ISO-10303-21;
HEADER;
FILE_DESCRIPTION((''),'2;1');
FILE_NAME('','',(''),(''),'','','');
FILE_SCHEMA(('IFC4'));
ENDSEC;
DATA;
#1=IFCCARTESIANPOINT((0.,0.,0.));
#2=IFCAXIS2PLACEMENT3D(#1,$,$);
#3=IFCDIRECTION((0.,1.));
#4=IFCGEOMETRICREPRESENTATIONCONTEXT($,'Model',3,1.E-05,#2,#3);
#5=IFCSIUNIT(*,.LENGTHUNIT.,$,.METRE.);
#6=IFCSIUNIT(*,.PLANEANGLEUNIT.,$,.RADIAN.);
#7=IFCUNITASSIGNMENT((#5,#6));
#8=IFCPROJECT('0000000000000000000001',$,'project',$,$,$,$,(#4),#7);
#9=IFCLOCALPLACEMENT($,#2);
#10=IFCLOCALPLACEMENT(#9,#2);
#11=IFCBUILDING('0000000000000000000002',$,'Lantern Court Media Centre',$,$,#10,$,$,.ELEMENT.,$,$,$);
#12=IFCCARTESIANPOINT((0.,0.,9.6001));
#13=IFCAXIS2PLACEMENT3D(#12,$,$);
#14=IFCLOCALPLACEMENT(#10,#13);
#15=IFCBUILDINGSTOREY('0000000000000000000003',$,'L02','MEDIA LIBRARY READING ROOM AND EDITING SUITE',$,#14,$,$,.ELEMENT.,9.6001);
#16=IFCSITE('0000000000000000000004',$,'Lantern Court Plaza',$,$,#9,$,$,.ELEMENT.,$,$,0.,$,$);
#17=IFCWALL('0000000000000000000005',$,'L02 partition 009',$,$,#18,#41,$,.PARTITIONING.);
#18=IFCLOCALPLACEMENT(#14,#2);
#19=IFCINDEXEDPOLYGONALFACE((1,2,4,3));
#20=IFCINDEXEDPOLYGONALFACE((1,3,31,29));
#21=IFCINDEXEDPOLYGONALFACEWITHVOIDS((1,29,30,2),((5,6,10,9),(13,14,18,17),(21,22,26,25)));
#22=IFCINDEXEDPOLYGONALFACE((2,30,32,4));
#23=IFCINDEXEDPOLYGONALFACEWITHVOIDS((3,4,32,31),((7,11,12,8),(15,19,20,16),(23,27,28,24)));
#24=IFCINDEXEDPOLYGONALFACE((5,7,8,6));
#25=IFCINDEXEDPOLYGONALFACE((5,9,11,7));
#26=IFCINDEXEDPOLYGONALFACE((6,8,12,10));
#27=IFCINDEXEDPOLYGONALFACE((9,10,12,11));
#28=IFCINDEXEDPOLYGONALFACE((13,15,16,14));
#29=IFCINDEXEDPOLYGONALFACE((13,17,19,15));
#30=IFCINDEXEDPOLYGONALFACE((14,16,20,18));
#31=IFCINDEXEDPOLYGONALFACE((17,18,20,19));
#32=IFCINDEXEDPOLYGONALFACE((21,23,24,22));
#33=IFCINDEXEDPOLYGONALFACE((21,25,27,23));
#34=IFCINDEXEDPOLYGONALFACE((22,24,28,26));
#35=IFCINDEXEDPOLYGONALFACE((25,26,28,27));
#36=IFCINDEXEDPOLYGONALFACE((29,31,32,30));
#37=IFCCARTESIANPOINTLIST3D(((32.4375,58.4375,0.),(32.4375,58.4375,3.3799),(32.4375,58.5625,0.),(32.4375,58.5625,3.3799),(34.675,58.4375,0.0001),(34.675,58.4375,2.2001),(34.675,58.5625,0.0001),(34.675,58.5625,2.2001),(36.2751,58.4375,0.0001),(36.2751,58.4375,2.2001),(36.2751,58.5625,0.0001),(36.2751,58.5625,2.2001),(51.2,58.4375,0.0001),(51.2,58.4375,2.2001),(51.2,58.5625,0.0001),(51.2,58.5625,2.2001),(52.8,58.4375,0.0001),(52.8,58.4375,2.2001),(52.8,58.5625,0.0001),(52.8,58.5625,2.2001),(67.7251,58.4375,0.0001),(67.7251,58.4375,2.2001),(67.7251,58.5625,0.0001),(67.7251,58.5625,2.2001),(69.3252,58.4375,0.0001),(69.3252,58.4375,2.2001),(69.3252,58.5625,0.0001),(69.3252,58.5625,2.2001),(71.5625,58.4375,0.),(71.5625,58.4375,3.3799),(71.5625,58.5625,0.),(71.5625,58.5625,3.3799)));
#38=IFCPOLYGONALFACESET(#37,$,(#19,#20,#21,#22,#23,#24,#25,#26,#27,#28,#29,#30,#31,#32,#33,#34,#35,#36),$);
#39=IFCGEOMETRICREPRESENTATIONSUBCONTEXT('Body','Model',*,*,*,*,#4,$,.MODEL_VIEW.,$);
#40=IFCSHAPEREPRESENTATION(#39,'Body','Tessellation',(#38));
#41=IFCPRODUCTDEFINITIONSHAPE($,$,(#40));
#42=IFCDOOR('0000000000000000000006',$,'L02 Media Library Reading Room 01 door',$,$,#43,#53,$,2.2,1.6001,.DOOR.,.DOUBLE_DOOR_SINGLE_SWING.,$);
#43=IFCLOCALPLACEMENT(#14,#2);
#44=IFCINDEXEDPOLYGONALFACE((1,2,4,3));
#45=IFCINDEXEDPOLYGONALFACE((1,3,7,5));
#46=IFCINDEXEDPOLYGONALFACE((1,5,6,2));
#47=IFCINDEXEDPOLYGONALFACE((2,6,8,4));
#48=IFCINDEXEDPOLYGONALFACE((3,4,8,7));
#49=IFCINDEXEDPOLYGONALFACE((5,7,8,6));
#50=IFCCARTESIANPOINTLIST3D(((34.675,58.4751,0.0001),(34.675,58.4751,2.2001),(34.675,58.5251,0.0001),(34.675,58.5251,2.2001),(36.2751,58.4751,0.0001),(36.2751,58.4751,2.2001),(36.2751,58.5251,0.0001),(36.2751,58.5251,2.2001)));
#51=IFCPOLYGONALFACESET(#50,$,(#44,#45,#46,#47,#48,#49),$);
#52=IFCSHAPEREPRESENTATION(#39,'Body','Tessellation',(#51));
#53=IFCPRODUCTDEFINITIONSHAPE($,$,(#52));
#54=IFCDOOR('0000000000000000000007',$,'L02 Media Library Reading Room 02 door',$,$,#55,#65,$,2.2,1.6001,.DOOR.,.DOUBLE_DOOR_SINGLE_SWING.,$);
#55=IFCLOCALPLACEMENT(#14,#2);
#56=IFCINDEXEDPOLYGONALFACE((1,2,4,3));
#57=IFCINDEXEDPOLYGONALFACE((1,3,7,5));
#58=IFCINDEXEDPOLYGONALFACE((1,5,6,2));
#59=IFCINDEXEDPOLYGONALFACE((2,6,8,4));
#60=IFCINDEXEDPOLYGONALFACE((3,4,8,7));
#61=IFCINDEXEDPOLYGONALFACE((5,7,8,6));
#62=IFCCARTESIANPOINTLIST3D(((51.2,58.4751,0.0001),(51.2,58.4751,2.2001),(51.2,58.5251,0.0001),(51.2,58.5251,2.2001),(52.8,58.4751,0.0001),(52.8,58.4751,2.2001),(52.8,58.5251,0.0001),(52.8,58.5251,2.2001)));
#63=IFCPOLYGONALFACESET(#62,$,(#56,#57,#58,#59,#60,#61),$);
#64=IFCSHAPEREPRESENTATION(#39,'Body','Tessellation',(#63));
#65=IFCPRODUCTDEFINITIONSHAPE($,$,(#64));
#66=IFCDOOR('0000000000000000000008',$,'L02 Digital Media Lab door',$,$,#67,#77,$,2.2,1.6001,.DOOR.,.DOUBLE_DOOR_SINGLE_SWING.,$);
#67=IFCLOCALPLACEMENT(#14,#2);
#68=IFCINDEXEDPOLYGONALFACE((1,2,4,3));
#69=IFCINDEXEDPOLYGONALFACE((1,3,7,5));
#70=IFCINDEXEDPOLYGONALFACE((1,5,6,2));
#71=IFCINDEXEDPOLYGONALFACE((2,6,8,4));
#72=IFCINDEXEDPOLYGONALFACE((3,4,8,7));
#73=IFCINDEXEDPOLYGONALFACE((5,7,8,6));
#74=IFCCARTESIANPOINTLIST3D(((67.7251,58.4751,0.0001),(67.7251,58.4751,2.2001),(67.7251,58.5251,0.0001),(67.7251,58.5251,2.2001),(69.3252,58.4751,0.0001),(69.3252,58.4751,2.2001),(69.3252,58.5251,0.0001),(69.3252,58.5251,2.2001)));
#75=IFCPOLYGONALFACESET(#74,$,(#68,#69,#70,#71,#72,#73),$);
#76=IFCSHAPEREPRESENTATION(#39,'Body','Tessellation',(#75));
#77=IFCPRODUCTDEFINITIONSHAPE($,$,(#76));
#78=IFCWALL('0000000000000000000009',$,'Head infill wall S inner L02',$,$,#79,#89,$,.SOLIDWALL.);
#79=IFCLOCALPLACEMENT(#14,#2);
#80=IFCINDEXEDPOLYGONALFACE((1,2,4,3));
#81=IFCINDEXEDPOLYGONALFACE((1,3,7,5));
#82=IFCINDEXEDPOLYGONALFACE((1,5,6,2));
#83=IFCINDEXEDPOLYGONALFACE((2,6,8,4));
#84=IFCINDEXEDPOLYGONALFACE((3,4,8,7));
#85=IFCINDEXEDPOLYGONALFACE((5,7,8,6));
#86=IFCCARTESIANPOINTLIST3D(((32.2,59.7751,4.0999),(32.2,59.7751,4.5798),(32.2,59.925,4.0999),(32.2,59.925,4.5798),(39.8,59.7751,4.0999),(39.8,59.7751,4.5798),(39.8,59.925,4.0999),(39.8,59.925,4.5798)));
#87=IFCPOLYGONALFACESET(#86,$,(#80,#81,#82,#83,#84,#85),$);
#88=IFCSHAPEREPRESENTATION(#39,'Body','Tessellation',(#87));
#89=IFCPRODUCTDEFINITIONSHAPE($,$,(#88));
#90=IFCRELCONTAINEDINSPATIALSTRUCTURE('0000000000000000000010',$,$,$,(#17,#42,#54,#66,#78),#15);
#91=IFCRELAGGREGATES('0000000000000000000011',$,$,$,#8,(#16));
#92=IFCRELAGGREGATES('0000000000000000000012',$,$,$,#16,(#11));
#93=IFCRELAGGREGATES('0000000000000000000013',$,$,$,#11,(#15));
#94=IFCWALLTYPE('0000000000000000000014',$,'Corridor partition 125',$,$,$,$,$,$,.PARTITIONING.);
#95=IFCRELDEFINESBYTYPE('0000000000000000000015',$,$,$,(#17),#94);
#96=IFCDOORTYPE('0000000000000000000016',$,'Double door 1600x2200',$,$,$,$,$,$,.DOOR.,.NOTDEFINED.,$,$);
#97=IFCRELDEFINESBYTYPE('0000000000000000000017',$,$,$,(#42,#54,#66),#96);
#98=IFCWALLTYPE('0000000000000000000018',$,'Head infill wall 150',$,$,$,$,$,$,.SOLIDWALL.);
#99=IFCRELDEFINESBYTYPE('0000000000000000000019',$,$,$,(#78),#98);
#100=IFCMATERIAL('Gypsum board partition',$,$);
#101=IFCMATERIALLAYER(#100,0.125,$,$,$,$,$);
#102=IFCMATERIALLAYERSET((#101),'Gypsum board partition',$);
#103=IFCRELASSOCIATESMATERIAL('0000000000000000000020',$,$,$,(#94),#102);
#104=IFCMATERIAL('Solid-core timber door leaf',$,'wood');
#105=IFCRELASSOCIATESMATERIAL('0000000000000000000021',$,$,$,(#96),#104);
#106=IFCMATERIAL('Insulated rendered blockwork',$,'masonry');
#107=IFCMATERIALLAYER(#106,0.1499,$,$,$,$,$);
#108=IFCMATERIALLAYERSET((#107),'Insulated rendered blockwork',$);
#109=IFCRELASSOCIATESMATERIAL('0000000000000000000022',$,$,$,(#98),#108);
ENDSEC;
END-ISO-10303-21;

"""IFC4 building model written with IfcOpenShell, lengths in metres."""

from ifc_helpers import new_model, si_unit, direction, frame, frame_2d, origin, place, context, subcontext, project, spatial, rectangle, extrude, material, layer, layer_set, type_object, element, fill, save


model = new_model("IFC4")

# Units and contexts
model_context = context("Model", 3, precision=1e-05, world=origin(), true_north=direction((0.0, 1.0)))
body_context = subcontext(model_context, "Body", "Model", "MODEL_VIEW")
ifc_project = project(units=[si_unit("LENGTHUNIT", "METRE"), si_unit("PLANEANGLEUNIT", "RADIAN")], contexts=[model_context])

# Site, building, storey
site_placement = place(None, origin())
site = spatial("IfcSite", under=ifc_project, at=site_placement, Name="Lantern Court Plaza", CompositionType="ELEMENT", RefElevation=0.0)
building_placement = place(site_placement, origin())
building = spatial("IfcBuilding", under=site, at=building_placement, Name="Lantern Court Media Centre", CompositionType="ELEMENT")
storey_placement = place(building_placement, frame((0.0, 0.0, 9.6001)))
storey = spatial("IfcBuildingStorey", under=building, at=storey_placement, Name="L02", Description="MEDIA LIBRARY READING ROOM AND EDITING SUITE", CompositionType="ELEMENT", Elevation=9.6001)

# Shared definitions
ifc_material_1 = material(Name="Gypsum board partition")
ifc_layer_1 = layer(ifc_material_1, 0.125)
ifc_layer_set_1 = layer_set([ifc_layer_1], Name="Gypsum board partition")
wall_type_1 = type_object("IfcWallType", Name="Corridor partition 125", PredefinedType="PARTITIONING", material=ifc_layer_set_1)

# Wall, openings, doors
wall_1_placement = place(storey_placement, frame((32.4375, 58.5, 0.0), z_axis=(0.0, 0.0, 1.0), x_axis=(1.0, 0.0, 0.0)))
wall_1 = element("IfcWall", 1, at=wall_1_placement, inside=storey, type_object=wall_type_1, Name="L02 partition 009", PredefinedType="PARTITIONING", context=body_context, shape_type="SweptSolid", body=[
    extrude(rectangle(XDim=39.125, YDim=0.125, at=frame_2d((19.5625, 0.0))), origin(), (0.0, 0.0, 1.0), 3.3799),
])
opening_1_placement = place(wall_1_placement, frame((2.2375, 0.0, 0.0)))
opening_1 = element("IfcOpeningElement", 2, at=opening_1_placement, cuts=wall_1, PredefinedType="OPENING", context=body_context, shape_type="SweptSolid", body=[
    extrude(rectangle(XDim=1.6001, YDim=2.2, at=frame_2d((0.8, 1.1001))), frame((0.0, 0.0725, 0.0), z_axis=(0.0, -1.0, 0.0), x_axis=(1.0, 0.0, 0.0)), (0.0, 0.0, 1.0), 0.145),
])
opening_2_placement = place(wall_1_placement, frame((18.7625, 0.0, 0.0)))
opening_2 = element("IfcOpeningElement", 3, at=opening_2_placement, cuts=wall_1, PredefinedType="OPENING", context=body_context, shape_type="SweptSolid", body=[
    extrude(rectangle(XDim=1.6001, YDim=2.2, at=frame_2d((0.8, 1.1001))), frame((0.0, 0.0725, 0.0), z_axis=(0.0, -1.0, 0.0), x_axis=(1.0, 0.0, 0.0)), (0.0, 0.0, 1.0), 0.145),
])
opening_3_placement = place(wall_1_placement, frame((35.2876, 0.0, 0.0)))
opening_3 = element("IfcOpeningElement", 4, at=opening_3_placement, cuts=wall_1, PredefinedType="OPENING", context=body_context, shape_type="SweptSolid", body=[
    extrude(rectangle(XDim=1.6001, YDim=2.2, at=frame_2d((0.8, 1.1001))), frame((0.0, 0.0725, 0.0), z_axis=(0.0, -1.0, 0.0), x_axis=(1.0, 0.0, 0.0)), (0.0, 0.0, 1.0), 0.145),
])
ifc_material_2 = material(Name="Solid-core timber door leaf", Category="wood")
door_type = type_object("IfcDoorType", Name="Double door 1600x2200", OperationType="NOTDEFINED", PredefinedType="DOOR", material=ifc_material_2)
door_1_placement = place(opening_1_placement, frame((1.6001, 0.0, 0.0), z_axis=(0.0, 0.0, 1.0), x_axis=(-1.0, 0.0, 0.0)))
door_1 = element("IfcDoor", 5, at=door_1_placement, inside=storey, type_object=door_type, Name="L02 Media Library Reading Room 01 door", OperationType="DOUBLE_DOOR_SINGLE_SWING", OverallHeight=2.2, OverallWidth=1.6001, PredefinedType="DOOR", context=body_context, shape_type="SweptSolid", body=[
    extrude(rectangle(XDim=1.6001, YDim=2.2, at=frame_2d((0.8, 1.1001))), frame((0.0, 0.0249, 0.0), z_axis=(0.0, -1.0, 0.0), x_axis=(1.0, 0.0, 0.0)), (0.0, 0.0, 1.0), 0.05),
])
fill(opening_1, door_1)
door_2_placement = place(opening_2_placement, frame((1.6001, 0.0, 0.0), z_axis=(0.0, 0.0, 1.0), x_axis=(-1.0, 0.0, 0.0)))
door_2 = element("IfcDoor", 6, at=door_2_placement, inside=storey, type_object=door_type, Name="L02 Media Library Reading Room 02 door", OperationType="DOUBLE_DOOR_SINGLE_SWING", OverallHeight=2.2, OverallWidth=1.6001, PredefinedType="DOOR", context=body_context, shape_type="SweptSolid", body=[
    extrude(rectangle(XDim=1.6001, YDim=2.2, at=frame_2d((0.8, 1.1001))), frame((0.0, 0.0249, 0.0), z_axis=(0.0, -1.0, 0.0), x_axis=(1.0, 0.0, 0.0)), (0.0, 0.0, 1.0), 0.05),
])
fill(opening_2, door_2)
door_3_placement = place(opening_3_placement, frame((1.6001, 0.0, 0.0), z_axis=(0.0, 0.0, 1.0), x_axis=(-1.0, 0.0, 0.0)))
door_3 = element("IfcDoor", 7, at=door_3_placement, inside=storey, type_object=door_type, Name="L02 Digital Media Lab door", OperationType="DOUBLE_DOOR_SINGLE_SWING", OverallHeight=2.2, OverallWidth=1.6001, PredefinedType="DOOR", context=body_context, shape_type="SweptSolid", body=[
    extrude(rectangle(XDim=1.6001, YDim=2.2, at=frame_2d((0.8, 1.1001))), frame((0.0, 0.0249, 0.0), z_axis=(0.0, -1.0, 0.0), x_axis=(1.0, 0.0, 0.0)), (0.0, 0.0, 1.0), 0.05),
])
fill(opening_3, door_3)

# Wall
ifc_material_3 = material(Name="Insulated rendered blockwork", Category="masonry")
ifc_layer_2 = layer(ifc_material_3, 0.1499)
ifc_layer_set_2 = layer_set([ifc_layer_2], Name="Insulated rendered blockwork")
wall_type_2 = type_object("IfcWallType", Name="Head infill wall 150", PredefinedType="SOLIDWALL", material=ifc_layer_set_2)
wall_2_placement = place(storey_placement, frame((32.2, 59.8501, 4.0999), z_axis=(0.0, 0.0, 1.0), x_axis=(1.0, 0.0, 0.0)))
element("IfcWall", 8, at=wall_2_placement, inside=storey, type_object=wall_type_2, Name="Head infill wall S inner L02", PredefinedType="SOLIDWALL", context=body_context, shape_type="SweptSolid", body=[
    extrude(rectangle(XDim=7.6001, YDim=0.1499, at=frame_2d((3.8, 0.0))), origin(), (0.0, 0.0, 1.0), 0.48),
])

save(model, "model.ifc")
